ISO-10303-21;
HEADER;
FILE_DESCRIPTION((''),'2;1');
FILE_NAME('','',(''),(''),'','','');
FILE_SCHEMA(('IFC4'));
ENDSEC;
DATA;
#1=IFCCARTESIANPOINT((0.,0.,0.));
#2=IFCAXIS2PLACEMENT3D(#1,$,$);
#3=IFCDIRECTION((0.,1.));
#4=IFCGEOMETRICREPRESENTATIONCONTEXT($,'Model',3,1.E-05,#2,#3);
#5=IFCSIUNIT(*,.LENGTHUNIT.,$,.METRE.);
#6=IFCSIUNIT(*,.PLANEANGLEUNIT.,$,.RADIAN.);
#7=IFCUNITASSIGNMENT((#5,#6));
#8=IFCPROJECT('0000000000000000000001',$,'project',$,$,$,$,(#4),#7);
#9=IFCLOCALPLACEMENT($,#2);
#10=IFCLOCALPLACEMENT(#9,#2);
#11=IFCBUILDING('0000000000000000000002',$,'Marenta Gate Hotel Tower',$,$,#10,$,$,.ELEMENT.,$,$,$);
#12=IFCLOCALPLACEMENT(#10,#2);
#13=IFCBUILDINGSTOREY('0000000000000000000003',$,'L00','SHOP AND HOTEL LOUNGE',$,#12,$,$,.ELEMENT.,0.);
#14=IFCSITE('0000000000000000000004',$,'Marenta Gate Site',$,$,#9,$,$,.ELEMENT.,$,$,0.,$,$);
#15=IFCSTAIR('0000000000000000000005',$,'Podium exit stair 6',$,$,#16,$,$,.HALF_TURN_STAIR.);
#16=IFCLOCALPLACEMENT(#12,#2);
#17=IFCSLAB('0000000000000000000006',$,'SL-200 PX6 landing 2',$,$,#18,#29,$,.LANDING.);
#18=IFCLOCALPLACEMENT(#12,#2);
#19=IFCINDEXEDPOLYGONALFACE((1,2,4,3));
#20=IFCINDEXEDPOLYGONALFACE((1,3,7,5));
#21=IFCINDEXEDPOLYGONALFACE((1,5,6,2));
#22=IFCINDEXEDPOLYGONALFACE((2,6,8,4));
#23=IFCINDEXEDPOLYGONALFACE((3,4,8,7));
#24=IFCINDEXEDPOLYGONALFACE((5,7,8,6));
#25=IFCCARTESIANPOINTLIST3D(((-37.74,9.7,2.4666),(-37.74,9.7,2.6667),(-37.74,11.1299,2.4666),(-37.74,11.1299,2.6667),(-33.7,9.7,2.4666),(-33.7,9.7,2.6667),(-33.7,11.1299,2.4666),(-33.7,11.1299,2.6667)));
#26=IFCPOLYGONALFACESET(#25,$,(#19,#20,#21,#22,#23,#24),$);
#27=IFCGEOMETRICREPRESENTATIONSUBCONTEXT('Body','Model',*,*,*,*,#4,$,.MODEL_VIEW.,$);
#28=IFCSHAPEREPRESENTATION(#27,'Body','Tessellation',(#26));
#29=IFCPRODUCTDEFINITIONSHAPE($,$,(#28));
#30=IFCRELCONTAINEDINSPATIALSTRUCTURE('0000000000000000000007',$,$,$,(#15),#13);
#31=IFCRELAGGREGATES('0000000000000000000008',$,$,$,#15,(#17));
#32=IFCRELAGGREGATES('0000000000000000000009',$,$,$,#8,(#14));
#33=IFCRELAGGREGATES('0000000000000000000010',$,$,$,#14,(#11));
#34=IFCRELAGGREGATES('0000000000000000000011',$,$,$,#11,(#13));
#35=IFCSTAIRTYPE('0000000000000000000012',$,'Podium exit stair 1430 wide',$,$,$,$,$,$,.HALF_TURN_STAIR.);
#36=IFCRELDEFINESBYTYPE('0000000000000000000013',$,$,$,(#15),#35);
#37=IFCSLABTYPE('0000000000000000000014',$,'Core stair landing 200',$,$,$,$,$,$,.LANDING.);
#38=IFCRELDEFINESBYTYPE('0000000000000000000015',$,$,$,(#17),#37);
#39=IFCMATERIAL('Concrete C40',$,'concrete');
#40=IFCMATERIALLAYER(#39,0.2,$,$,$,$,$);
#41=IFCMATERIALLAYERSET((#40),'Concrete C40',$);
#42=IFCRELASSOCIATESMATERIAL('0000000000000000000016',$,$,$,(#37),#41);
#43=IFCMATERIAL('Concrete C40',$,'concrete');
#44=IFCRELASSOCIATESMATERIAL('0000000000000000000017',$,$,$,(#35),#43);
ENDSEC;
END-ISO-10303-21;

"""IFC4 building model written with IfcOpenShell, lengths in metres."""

from ifc_helpers import new_model, si_unit, direction, frame, origin, place, context, subcontext, project, spatial, polyline, outline, extrude, material, layer, layer_set, type_object, element, aggregate, save


model = new_model("IFC4")

# Units and contexts
model_context = context("Model", 3, precision=1e-05, world=origin(), true_north=direction((0.0, 1.0)))
body_context = subcontext(model_context, "Body", "Model", "MODEL_VIEW")
ifc_project = project(units=[si_unit("LENGTHUNIT", "METRE"), si_unit("PLANEANGLEUNIT", "RADIAN")], contexts=[model_context])

# Site, building, storey
site_placement = place(None, origin())
site = spatial("IfcSite", under=ifc_project, at=site_placement, Name="Marenta Gate Site", CompositionType="ELEMENT", RefElevation=0.0)
building_placement = place(site_placement, origin())
building = spatial("IfcBuilding", under=site, at=building_placement, Name="Marenta Gate Hotel Tower", CompositionType="ELEMENT")
storey_placement = place(building_placement, origin())
storey = spatial("IfcBuildingStorey", under=building, at=storey_placement, Name="L00", Description="SHOP AND HOTEL LOUNGE", CompositionType="ELEMENT", Elevation=0.0)

# Shared definitions
ifc_material_1 = material(Name="Concrete C40", Category="concrete")
ifc_layer = layer(ifc_material_1, 0.2)
ifc_layer_set = layer_set([ifc_layer], Name="Concrete C40")
slab_type = type_object("IfcSlabType", Name="Core stair landing 200", PredefinedType="LANDING", material=ifc_layer_set)
ifc_material_2 = material(Name="Concrete C40", Category="concrete")
stair_type_1 = type_object("IfcStairType", Name="Podium exit stair 1430 wide", PredefinedType="HALF_TURN_STAIR", material=ifc_material_2)

# Stair, slab
stair_1_placement = place(storey_placement, origin())
stair_1 = element("IfcStair", 1, at=stair_1_placement, inside=storey, type_object=stair_type_1, Name="Podium exit stair 6", PredefinedType="HALF_TURN_STAIR")
slab_1_placement = place(storey_placement, frame((0.0, 0.0, 2.4666)))
slab_1 = element("IfcSlab", 2, at=slab_1_placement, type_object=slab_type, Name="SL-200 PX6 landing 2", PredefinedType="LANDING", context=body_context, shape_type="SweptSolid", body=[
    extrude(outline(polyline([(-37.74, 9.7), (-33.7, 9.7), (-33.7, 11.1299), (-37.74, 11.1299), (-37.74, 9.7)])), origin(), (0.0, 0.0, 1.0), 0.2002),
])
aggregate(stair_1, [slab_1])

save(model, "model.ifc")
